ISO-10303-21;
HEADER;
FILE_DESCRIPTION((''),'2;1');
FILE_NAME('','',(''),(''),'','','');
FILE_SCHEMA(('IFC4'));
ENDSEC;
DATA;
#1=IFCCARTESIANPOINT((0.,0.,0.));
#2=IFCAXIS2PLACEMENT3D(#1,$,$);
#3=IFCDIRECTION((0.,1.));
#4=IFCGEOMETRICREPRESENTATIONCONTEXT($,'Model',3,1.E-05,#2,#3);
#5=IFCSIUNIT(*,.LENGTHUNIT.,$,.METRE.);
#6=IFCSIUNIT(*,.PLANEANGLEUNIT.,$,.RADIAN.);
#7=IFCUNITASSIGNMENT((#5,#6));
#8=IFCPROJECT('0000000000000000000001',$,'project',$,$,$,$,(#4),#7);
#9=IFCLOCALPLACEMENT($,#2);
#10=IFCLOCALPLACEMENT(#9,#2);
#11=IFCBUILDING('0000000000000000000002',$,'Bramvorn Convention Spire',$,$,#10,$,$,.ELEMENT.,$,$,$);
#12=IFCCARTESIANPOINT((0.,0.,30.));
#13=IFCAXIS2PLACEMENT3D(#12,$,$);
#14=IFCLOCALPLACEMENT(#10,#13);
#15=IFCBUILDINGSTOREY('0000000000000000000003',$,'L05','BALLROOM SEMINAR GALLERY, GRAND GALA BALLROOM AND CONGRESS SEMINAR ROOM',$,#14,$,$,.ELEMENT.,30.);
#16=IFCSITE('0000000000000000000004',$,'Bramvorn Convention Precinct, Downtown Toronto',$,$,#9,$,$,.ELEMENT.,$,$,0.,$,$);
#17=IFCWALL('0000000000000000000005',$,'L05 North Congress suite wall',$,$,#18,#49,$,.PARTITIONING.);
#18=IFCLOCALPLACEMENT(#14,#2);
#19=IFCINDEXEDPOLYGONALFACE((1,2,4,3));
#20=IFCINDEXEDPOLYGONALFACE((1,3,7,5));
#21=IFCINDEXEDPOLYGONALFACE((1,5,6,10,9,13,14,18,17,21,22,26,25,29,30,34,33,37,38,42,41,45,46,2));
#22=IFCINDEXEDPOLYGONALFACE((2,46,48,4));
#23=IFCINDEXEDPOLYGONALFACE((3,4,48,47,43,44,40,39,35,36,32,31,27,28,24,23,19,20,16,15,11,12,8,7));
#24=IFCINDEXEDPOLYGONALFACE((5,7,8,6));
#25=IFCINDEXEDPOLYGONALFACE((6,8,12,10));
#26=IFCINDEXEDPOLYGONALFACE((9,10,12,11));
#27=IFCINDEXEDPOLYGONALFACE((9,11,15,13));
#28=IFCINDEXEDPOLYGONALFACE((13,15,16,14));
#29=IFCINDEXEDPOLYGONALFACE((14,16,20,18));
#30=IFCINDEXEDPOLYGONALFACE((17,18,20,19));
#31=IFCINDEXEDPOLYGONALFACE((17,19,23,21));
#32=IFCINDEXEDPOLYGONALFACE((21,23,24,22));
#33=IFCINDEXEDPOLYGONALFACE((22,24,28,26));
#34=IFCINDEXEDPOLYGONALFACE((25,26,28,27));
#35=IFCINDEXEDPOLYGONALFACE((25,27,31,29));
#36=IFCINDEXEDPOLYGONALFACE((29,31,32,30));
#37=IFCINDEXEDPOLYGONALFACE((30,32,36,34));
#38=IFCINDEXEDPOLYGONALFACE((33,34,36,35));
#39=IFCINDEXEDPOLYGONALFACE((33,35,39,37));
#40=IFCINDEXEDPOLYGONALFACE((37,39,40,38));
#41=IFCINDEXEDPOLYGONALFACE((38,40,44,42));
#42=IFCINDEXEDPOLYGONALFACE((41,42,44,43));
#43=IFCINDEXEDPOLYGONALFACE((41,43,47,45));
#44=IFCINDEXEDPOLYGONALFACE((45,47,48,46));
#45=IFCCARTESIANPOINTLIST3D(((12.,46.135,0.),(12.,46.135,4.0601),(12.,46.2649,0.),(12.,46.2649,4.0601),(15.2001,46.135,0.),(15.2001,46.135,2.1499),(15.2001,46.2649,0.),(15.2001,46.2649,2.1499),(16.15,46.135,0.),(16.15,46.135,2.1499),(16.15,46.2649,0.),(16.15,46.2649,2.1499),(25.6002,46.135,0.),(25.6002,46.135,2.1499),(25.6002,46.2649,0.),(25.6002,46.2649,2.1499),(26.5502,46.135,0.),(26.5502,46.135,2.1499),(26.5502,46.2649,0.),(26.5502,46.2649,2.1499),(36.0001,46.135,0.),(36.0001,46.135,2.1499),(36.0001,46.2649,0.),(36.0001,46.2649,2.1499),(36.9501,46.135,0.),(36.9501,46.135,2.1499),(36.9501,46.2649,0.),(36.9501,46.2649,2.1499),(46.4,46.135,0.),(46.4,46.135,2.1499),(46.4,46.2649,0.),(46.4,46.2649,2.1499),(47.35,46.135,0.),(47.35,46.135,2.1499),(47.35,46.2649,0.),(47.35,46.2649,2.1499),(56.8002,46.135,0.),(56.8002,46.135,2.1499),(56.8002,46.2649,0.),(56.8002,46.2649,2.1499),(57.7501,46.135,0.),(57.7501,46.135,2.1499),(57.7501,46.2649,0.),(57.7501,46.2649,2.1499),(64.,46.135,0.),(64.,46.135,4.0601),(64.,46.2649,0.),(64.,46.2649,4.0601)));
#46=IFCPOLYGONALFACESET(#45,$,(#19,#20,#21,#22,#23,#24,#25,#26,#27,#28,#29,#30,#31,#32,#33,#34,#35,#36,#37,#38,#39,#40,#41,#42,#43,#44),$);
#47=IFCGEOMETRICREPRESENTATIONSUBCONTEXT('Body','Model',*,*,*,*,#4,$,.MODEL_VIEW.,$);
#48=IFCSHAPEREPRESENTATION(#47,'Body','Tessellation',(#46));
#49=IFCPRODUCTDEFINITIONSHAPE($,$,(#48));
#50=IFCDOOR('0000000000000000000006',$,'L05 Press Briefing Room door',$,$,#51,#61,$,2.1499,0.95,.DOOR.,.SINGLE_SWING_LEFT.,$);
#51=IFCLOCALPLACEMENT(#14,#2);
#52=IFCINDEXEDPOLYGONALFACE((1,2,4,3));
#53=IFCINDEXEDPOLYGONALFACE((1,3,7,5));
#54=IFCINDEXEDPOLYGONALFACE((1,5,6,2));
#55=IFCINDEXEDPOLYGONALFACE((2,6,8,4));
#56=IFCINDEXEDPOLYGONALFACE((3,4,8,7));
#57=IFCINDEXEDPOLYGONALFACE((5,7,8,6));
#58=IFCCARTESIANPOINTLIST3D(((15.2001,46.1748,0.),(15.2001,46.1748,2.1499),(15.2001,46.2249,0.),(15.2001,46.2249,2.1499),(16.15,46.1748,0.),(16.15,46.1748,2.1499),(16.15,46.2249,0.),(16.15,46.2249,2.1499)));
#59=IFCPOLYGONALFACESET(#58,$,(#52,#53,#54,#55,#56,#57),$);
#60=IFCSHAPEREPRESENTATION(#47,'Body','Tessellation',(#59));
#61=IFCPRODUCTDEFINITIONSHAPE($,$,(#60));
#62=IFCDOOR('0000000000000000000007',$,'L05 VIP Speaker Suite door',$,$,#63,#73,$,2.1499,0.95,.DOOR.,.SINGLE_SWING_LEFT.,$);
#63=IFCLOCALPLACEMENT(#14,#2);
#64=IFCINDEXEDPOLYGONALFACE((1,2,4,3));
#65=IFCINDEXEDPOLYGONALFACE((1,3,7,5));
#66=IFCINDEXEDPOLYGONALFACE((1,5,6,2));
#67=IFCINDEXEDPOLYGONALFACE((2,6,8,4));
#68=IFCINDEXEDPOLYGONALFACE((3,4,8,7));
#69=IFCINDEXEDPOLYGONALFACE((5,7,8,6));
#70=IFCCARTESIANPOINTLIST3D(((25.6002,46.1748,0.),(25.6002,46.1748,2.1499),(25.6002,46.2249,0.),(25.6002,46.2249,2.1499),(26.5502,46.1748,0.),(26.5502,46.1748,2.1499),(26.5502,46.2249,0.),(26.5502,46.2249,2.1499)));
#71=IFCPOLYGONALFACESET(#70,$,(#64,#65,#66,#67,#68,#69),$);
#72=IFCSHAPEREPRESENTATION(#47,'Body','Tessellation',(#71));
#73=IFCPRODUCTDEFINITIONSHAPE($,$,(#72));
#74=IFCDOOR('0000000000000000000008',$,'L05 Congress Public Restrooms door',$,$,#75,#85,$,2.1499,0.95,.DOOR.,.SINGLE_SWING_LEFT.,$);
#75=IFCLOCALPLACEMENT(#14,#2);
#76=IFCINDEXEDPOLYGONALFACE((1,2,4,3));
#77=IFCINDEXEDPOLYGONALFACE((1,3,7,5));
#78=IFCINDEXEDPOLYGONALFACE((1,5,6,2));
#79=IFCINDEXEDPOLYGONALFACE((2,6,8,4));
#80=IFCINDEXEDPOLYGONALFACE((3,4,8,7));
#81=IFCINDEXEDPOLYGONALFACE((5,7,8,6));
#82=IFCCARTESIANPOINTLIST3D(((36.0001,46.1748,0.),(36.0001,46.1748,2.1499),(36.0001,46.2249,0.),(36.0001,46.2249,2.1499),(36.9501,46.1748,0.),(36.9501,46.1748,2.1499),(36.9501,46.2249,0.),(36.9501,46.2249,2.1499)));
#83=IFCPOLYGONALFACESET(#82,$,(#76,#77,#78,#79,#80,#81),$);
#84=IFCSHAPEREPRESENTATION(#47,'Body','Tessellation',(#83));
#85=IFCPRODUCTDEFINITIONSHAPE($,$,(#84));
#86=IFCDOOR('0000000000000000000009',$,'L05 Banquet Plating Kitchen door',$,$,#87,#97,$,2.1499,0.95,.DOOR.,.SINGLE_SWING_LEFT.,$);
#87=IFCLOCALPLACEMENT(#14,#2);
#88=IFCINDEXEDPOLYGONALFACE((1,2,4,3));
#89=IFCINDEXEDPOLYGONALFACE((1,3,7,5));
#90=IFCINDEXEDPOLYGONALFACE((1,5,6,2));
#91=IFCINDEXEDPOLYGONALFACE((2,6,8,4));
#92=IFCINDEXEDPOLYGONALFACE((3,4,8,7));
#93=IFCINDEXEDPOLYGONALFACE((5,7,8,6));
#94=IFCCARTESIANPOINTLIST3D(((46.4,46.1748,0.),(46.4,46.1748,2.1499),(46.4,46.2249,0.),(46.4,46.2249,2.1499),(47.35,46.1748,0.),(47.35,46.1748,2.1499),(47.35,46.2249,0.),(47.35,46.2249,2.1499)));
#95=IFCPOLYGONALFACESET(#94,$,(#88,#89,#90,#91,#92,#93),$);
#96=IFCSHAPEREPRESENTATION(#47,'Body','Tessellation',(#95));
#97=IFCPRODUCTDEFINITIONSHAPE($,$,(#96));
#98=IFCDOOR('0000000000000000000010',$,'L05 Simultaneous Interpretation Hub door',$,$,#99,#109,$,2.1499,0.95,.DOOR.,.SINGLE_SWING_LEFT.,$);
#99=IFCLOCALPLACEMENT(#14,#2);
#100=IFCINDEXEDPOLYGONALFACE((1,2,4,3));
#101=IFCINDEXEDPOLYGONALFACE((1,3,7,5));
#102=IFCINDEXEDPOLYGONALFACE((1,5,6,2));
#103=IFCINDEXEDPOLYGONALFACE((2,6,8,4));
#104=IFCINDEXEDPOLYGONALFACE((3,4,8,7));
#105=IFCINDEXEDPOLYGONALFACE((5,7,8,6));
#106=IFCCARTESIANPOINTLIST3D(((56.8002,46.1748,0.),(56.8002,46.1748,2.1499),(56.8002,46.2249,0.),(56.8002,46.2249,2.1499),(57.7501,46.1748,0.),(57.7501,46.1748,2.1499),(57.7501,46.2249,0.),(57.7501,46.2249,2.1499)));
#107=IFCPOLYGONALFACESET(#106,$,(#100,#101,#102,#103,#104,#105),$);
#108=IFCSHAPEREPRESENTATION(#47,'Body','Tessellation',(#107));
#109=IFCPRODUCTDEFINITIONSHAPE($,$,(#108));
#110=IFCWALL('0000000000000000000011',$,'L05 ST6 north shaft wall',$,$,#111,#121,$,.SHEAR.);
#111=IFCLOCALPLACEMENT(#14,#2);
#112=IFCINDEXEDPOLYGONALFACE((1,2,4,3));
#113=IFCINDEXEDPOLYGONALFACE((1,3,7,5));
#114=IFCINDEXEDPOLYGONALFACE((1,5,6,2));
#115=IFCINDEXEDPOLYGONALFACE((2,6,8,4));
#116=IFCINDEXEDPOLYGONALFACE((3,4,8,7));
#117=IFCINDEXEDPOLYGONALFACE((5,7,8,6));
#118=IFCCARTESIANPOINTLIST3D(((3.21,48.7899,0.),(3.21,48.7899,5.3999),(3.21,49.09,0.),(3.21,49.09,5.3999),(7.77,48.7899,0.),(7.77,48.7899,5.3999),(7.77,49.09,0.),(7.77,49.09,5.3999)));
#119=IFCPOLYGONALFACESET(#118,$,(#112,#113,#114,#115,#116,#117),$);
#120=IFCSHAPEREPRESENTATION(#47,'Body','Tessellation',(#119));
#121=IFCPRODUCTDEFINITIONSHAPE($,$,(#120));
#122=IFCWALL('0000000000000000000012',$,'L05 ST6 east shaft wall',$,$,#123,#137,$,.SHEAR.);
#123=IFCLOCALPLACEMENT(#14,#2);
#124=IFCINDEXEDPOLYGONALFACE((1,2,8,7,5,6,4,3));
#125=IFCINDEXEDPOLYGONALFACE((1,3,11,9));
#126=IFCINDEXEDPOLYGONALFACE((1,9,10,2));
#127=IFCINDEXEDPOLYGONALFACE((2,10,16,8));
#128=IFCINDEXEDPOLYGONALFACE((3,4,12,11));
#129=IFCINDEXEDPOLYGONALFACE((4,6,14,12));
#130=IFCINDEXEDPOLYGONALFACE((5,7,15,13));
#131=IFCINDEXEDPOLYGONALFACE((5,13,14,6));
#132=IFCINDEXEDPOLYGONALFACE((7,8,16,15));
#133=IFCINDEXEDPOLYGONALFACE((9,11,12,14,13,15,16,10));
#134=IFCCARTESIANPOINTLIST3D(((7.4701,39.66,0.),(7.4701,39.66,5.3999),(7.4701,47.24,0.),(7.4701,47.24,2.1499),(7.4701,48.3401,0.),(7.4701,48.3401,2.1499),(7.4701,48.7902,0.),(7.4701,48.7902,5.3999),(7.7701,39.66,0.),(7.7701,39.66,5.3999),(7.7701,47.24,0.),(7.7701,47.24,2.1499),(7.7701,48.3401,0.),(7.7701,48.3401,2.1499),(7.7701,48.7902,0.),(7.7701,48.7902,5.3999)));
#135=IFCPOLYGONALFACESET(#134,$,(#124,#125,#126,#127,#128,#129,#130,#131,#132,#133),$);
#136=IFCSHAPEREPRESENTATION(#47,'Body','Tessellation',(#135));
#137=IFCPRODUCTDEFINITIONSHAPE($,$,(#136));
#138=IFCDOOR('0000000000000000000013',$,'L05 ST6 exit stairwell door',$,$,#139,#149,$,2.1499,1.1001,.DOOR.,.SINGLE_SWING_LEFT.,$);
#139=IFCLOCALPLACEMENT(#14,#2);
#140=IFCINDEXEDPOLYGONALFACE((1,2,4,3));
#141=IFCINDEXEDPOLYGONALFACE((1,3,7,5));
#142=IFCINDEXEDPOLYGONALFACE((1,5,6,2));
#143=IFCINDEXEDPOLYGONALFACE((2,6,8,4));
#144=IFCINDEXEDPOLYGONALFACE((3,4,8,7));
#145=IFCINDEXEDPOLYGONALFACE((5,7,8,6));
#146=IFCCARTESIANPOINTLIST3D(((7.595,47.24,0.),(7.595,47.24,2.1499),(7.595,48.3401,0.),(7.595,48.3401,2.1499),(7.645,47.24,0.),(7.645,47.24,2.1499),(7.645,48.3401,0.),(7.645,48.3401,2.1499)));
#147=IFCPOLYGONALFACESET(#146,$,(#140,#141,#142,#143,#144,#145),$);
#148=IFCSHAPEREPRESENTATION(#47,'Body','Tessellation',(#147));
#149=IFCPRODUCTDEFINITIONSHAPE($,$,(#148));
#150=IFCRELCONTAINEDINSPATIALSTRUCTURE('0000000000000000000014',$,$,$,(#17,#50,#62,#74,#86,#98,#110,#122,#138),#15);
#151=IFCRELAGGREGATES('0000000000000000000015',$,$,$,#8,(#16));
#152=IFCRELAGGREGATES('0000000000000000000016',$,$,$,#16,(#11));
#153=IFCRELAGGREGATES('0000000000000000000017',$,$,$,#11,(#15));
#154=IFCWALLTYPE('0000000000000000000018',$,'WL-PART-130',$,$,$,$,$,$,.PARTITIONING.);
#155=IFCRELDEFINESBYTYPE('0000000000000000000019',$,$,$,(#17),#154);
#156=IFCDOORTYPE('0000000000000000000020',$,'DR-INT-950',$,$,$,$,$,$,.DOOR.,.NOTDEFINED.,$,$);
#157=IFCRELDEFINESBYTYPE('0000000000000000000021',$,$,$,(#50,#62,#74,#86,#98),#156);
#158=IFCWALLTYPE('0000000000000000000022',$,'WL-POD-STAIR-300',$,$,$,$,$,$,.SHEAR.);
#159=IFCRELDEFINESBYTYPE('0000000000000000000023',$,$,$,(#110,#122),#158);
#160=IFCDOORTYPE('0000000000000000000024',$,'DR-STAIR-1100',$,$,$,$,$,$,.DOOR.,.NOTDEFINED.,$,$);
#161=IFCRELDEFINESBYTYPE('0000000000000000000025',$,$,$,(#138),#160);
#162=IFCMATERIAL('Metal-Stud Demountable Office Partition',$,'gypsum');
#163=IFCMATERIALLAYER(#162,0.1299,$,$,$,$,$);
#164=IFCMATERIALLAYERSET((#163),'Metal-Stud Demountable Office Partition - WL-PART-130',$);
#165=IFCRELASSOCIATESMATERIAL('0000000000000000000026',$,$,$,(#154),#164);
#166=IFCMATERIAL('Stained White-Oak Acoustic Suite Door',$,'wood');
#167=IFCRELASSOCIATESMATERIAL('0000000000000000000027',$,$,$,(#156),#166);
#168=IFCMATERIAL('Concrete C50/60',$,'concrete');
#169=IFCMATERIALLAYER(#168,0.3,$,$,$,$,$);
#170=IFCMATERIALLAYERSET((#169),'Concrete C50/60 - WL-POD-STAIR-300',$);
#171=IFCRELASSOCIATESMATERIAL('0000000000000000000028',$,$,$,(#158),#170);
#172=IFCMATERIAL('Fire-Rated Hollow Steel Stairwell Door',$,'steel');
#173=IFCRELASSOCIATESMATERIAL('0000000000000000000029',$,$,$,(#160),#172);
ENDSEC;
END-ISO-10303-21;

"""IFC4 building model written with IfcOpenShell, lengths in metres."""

from ifc_helpers import new_model, si_unit, direction, frame, frame_2d, origin, place, context, subcontext, project, spatial, rectangle, extrude, material, layer, layer_set, type_object, element, fill, save


model = new_model("IFC4")

# Units and contexts
model_context = context("Model", 3, precision=1e-05, world=origin(), true_north=direction((0.0, 1.0)))
body_context = subcontext(model_context, "Body", "Model", "MODEL_VIEW")
ifc_project = project(units=[si_unit("LENGTHUNIT", "METRE"), si_unit("PLANEANGLEUNIT", "RADIAN")], contexts=[model_context])

# Site, building, storey
site_placement = place(None, origin())
site = spatial("IfcSite", under=ifc_project, at=site_placement, Name="Bramvorn Convention Precinct, Downtown Toronto", CompositionType="ELEMENT", RefElevation=0.0)
building_placement = place(site_placement, origin())
building = spatial("IfcBuilding", under=site, at=building_placement, Name="Bramvorn Convention Spire", CompositionType="ELEMENT")
storey_placement = place(building_placement, frame((0.0, 0.0, 30.0)))
storey = spatial("IfcBuildingStorey", under=building, at=storey_placement, Name="L05", Description="BALLROOM SEMINAR GALLERY, GRAND GALA BALLROOM AND CONGRESS SEMINAR ROOM", CompositionType="ELEMENT", Elevation=30.0)

# Wall, openings, doors
ifc_material_1 = material(Name="Metal-Stud Demountable Office Partition", Category="gypsum")
ifc_layer_1 = layer(ifc_material_1, 0.1299)
ifc_layer_set_1 = layer_set([ifc_layer_1], Name="Metal-Stud Demountable Office Partition - WL-PART-130")
wall_type_1 = type_object("IfcWallType", Name="WL-PART-130", PredefinedType="PARTITIONING", material=ifc_layer_set_1)
wall_1_placement = place(storey_placement, frame((12.0, 46.2, 0.0), z_axis=(0.0, 0.0, 1.0), x_axis=(1.0, 0.0, 0.0)))
wall_1 = element("IfcWall", 1, at=wall_1_placement, inside=storey, type_object=wall_type_1, Name="L05 North Congress suite wall", PredefinedType="PARTITIONING", context=body_context, shape_type="SweptSolid", body=[
    extrude(rectangle(XDim=52.0, YDim=0.1299, at=frame_2d((26.0, 0.0))), origin(), (0.0, 0.0, 1.0), 4.0601),
])
opening_1_placement = place(wall_1_placement, frame((3.2, 0.0, 0.0)))
opening_1 = element("IfcOpeningElement", 2, at=opening_1_placement, cuts=wall_1, PredefinedType="OPENING", context=body_context, shape_type="SweptSolid", body=[
    extrude(rectangle(XDim=0.95, YDim=2.1499, at=frame_2d((0.4751, 1.075))), frame((0.0, 0.075, 0.0), z_axis=(0.0, -1.0, 0.0), x_axis=(1.0, 0.0, 0.0)), (0.0, 0.0, 1.0), 0.1499),
])
opening_2_placement = place(wall_1_placement, frame((13.6001, 0.0, 0.0)))
opening_2 = element("IfcOpeningElement", 3, at=opening_2_placement, cuts=wall_1, PredefinedType="OPENING", context=body_context, shape_type="SweptSolid", body=[
    extrude(rectangle(XDim=0.95, YDim=2.1499, at=frame_2d((0.4751, 1.075))), frame((0.0, 0.075, 0.0), z_axis=(0.0, -1.0, 0.0), x_axis=(1.0, 0.0, 0.0)), (0.0, 0.0, 1.0), 0.1499),
])
opening_3_placement = place(wall_1_placement, frame((24.0, 0.0, 0.0)))
opening_3 = element("IfcOpeningElement", 4, at=opening_3_placement, cuts=wall_1, PredefinedType="OPENING", context=body_context, shape_type="SweptSolid", body=[
    extrude(rectangle(XDim=0.95, YDim=2.1499, at=frame_2d((0.4751, 1.075))), frame((0.0, 0.075, 0.0), z_axis=(0.0, -1.0, 0.0), x_axis=(1.0, 0.0, 0.0)), (0.0, 0.0, 1.0), 0.1499),
])
opening_4_placement = place(wall_1_placement, frame((34.3999, 0.0, 0.0)))
opening_4 = element("IfcOpeningElement", 5, at=opening_4_placement, cuts=wall_1, PredefinedType="OPENING", context=body_context, shape_type="SweptSolid", body=[
    extrude(rectangle(XDim=0.95, YDim=2.1499, at=frame_2d((0.4751, 1.075))), frame((0.0, 0.075, 0.0), z_axis=(0.0, -1.0, 0.0), x_axis=(1.0, 0.0, 0.0)), (0.0, 0.0, 1.0), 0.1499),
])
opening_5_placement = place(wall_1_placement, frame((44.8, 0.0, 0.0)))
opening_5 = element("IfcOpeningElement", 6, at=opening_5_placement, cuts=wall_1, PredefinedType="OPENING", context=body_context, shape_type="SweptSolid", body=[
    extrude(rectangle(XDim=0.95, YDim=2.1499, at=frame_2d((0.4751, 1.075))), frame((0.0, 0.075, 0.0), z_axis=(0.0, -1.0, 0.0), x_axis=(1.0, 0.0, 0.0)), (0.0, 0.0, 1.0), 0.1499),
])
ifc_material_2 = material(Name="Stained White-Oak Acoustic Suite Door", Category="wood")
door_type_1 = type_object("IfcDoorType", Name="DR-INT-950", OperationType="NOTDEFINED", PredefinedType="DOOR", material=ifc_material_2)
door_1_placement = place(opening_1_placement, origin())
door_1 = element("IfcDoor", 7, at=door_1_placement, inside=storey, type_object=door_type_1, Name="L05 Press Briefing Room door", OperationType="SINGLE_SWING_LEFT", OverallHeight=2.1499, OverallWidth=0.95, PredefinedType="DOOR", context=body_context, shape_type="SweptSolid", body=[
    extrude(rectangle(XDim=0.95, YDim=2.1499, at=frame_2d((0.4751, 1.075))), frame((0.0, 0.0249, 0.0), z_axis=(0.0, -1.0, 0.0), x_axis=(1.0, 0.0, 0.0)), (0.0, 0.0, 1.0), 0.05),
])
fill(opening_1, door_1)
door_2_placement = place(opening_2_placement, origin())
door_2 = element("IfcDoor", 8, at=door_2_placement, inside=storey, type_object=door_type_1, Name="L05 VIP Speaker Suite door", OperationType="SINGLE_SWING_LEFT", OverallHeight=2.1499, OverallWidth=0.95, PredefinedType="DOOR", context=body_context, shape_type="SweptSolid", body=[
    extrude(rectangle(XDim=0.95, YDim=2.1499, at=frame_2d((0.4751, 1.075))), frame((0.0, 0.0249, 0.0), z_axis=(0.0, -1.0, 0.0), x_axis=(1.0, 0.0, 0.0)), (0.0, 0.0, 1.0), 0.05),
])
fill(opening_2, door_2)
door_3_placement = place(opening_3_placement, origin())
door_3 = element("IfcDoor", 9, at=door_3_placement, inside=storey, type_object=door_type_1, Name="L05 Congress Public Restrooms door", OperationType="SINGLE_SWING_LEFT", OverallHeight=2.1499, OverallWidth=0.95, PredefinedType="DOOR", context=body_context, shape_type="SweptSolid", body=[
    extrude(rectangle(XDim=0.95, YDim=2.1499, at=frame_2d((0.4751, 1.075))), frame((0.0, 0.0249, 0.0), z_axis=(0.0, -1.0, 0.0), x_axis=(1.0, 0.0, 0.0)), (0.0, 0.0, 1.0), 0.05),
])
fill(opening_3, door_3)
door_4_placement = place(opening_4_placement, origin())
door_4 = element("IfcDoor", 10, at=door_4_placement, inside=storey, type_object=door_type_1, Name="L05 Banquet Plating Kitchen door", OperationType="SINGLE_SWING_LEFT", OverallHeight=2.1499, OverallWidth=0.95, PredefinedType="DOOR", context=body_context, shape_type="SweptSolid", body=[
    extrude(rectangle(XDim=0.95, YDim=2.1499, at=frame_2d((0.4751, 1.075))), frame((0.0, 0.0249, 0.0), z_axis=(0.0, -1.0, 0.0), x_axis=(1.0, 0.0, 0.0)), (0.0, 0.0, 1.0), 0.05),
])
fill(opening_4, door_4)
door_5_placement = place(opening_5_placement, origin())
door_5 = element("IfcDoor", 11, at=door_5_placement, inside=storey, type_object=door_type_1, Name="L05 Simultaneous Interpretation Hub door", OperationType="SINGLE_SWING_LEFT", OverallHeight=2.1499, OverallWidth=0.95, PredefinedType="DOOR", context=body_context, shape_type="SweptSolid", body=[
    extrude(rectangle(XDim=0.95, YDim=2.1499, at=frame_2d((0.4751, 1.075))), frame((0.0, 0.0249, 0.0), z_axis=(0.0, -1.0, 0.0), x_axis=(1.0, 0.0, 0.0)), (0.0, 0.0, 1.0), 0.05),
])
fill(opening_5, door_5)

# Wall
ifc_material_3 = material(Name="Concrete C50/60", Category="concrete")
ifc_layer_2 = layer(ifc_material_3, 0.3)
ifc_layer_set_2 = layer_set([ifc_layer_2], Name="Concrete C50/60 - WL-POD-STAIR-300")
wall_type_2 = type_object("IfcWallType", Name="WL-POD-STAIR-300", PredefinedType="SHEAR", material=ifc_layer_set_2)
wall_2_placement = place(storey_placement, frame((3.21, 48.9399, 0.0), z_axis=(0.0, 0.0, 1.0), x_axis=(1.0, 0.0, 0.0)))
element("IfcWall", 12, at=wall_2_placement, inside=storey, type_object=wall_type_2, Name="L05 ST6 north shaft wall", PredefinedType="SHEAR", context=body_context, shape_type="SweptSolid", body=[
    extrude(rectangle(XDim=4.5601, YDim=0.3, at=frame_2d((2.28, 0.0))), origin(), (0.0, 0.0, 1.0), 5.3999),
])

# Wall, opening, door
wall_3_placement = place(storey_placement, frame((7.6201, 48.79, 0.0), z_axis=(0.0, 0.0, 1.0), x_axis=(0.0, -1.0, 0.0)))
wall_3 = element("IfcWall", 13, at=wall_3_placement, inside=storey, type_object=wall_type_2, Name="L05 ST6 east shaft wall", PredefinedType="SHEAR", context=body_context, shape_type="SweptSolid", body=[
    extrude(rectangle(XDim=9.1301, YDim=0.3, at=frame_2d((4.5649, 0.0))), origin(), (0.0, 0.0, 1.0), 5.3999),
])
opening_6_placement = place(wall_3_placement, frame((0.45, 0.0, 0.0)))
opening_6 = element("IfcOpeningElement", 14, at=opening_6_placement, cuts=wall_3, PredefinedType="OPENING", context=body_context, shape_type="SweptSolid", body=[
    extrude(rectangle(XDim=1.1001, YDim=2.1499, at=frame_2d((0.55, 1.075))), frame((0.0, 0.1599, 0.0), z_axis=(0.0, -1.0, 0.0), x_axis=(1.0, 0.0, 0.0)), (0.0, 0.0, 1.0), 0.3201),
])
ifc_material_4 = material(Name="Fire-Rated Hollow Steel Stairwell Door", Category="steel")
door_type_2 = type_object("IfcDoorType", Name="DR-STAIR-1100", OperationType="NOTDEFINED", PredefinedType="DOOR", material=ifc_material_4)
door_6_placement = place(opening_6_placement, origin())
door_6 = element("IfcDoor", 15, at=door_6_placement, inside=storey, type_object=door_type_2, Name="L05 ST6 exit stairwell door", OperationType="SINGLE_SWING_LEFT", OverallHeight=2.1499, OverallWidth=1.1001, PredefinedType="DOOR", context=body_context, shape_type="SweptSolid", body=[
    extrude(rectangle(XDim=1.1001, YDim=2.1499, at=frame_2d((0.55, 1.075))), frame((0.0, 0.0249, 0.0), z_axis=(0.0, -1.0, 0.0), x_axis=(1.0, 0.0, 0.0)), (0.0, 0.0, 1.0), 0.05),
])
fill(opening_6, door_6)

save(model, "model.ifc")
